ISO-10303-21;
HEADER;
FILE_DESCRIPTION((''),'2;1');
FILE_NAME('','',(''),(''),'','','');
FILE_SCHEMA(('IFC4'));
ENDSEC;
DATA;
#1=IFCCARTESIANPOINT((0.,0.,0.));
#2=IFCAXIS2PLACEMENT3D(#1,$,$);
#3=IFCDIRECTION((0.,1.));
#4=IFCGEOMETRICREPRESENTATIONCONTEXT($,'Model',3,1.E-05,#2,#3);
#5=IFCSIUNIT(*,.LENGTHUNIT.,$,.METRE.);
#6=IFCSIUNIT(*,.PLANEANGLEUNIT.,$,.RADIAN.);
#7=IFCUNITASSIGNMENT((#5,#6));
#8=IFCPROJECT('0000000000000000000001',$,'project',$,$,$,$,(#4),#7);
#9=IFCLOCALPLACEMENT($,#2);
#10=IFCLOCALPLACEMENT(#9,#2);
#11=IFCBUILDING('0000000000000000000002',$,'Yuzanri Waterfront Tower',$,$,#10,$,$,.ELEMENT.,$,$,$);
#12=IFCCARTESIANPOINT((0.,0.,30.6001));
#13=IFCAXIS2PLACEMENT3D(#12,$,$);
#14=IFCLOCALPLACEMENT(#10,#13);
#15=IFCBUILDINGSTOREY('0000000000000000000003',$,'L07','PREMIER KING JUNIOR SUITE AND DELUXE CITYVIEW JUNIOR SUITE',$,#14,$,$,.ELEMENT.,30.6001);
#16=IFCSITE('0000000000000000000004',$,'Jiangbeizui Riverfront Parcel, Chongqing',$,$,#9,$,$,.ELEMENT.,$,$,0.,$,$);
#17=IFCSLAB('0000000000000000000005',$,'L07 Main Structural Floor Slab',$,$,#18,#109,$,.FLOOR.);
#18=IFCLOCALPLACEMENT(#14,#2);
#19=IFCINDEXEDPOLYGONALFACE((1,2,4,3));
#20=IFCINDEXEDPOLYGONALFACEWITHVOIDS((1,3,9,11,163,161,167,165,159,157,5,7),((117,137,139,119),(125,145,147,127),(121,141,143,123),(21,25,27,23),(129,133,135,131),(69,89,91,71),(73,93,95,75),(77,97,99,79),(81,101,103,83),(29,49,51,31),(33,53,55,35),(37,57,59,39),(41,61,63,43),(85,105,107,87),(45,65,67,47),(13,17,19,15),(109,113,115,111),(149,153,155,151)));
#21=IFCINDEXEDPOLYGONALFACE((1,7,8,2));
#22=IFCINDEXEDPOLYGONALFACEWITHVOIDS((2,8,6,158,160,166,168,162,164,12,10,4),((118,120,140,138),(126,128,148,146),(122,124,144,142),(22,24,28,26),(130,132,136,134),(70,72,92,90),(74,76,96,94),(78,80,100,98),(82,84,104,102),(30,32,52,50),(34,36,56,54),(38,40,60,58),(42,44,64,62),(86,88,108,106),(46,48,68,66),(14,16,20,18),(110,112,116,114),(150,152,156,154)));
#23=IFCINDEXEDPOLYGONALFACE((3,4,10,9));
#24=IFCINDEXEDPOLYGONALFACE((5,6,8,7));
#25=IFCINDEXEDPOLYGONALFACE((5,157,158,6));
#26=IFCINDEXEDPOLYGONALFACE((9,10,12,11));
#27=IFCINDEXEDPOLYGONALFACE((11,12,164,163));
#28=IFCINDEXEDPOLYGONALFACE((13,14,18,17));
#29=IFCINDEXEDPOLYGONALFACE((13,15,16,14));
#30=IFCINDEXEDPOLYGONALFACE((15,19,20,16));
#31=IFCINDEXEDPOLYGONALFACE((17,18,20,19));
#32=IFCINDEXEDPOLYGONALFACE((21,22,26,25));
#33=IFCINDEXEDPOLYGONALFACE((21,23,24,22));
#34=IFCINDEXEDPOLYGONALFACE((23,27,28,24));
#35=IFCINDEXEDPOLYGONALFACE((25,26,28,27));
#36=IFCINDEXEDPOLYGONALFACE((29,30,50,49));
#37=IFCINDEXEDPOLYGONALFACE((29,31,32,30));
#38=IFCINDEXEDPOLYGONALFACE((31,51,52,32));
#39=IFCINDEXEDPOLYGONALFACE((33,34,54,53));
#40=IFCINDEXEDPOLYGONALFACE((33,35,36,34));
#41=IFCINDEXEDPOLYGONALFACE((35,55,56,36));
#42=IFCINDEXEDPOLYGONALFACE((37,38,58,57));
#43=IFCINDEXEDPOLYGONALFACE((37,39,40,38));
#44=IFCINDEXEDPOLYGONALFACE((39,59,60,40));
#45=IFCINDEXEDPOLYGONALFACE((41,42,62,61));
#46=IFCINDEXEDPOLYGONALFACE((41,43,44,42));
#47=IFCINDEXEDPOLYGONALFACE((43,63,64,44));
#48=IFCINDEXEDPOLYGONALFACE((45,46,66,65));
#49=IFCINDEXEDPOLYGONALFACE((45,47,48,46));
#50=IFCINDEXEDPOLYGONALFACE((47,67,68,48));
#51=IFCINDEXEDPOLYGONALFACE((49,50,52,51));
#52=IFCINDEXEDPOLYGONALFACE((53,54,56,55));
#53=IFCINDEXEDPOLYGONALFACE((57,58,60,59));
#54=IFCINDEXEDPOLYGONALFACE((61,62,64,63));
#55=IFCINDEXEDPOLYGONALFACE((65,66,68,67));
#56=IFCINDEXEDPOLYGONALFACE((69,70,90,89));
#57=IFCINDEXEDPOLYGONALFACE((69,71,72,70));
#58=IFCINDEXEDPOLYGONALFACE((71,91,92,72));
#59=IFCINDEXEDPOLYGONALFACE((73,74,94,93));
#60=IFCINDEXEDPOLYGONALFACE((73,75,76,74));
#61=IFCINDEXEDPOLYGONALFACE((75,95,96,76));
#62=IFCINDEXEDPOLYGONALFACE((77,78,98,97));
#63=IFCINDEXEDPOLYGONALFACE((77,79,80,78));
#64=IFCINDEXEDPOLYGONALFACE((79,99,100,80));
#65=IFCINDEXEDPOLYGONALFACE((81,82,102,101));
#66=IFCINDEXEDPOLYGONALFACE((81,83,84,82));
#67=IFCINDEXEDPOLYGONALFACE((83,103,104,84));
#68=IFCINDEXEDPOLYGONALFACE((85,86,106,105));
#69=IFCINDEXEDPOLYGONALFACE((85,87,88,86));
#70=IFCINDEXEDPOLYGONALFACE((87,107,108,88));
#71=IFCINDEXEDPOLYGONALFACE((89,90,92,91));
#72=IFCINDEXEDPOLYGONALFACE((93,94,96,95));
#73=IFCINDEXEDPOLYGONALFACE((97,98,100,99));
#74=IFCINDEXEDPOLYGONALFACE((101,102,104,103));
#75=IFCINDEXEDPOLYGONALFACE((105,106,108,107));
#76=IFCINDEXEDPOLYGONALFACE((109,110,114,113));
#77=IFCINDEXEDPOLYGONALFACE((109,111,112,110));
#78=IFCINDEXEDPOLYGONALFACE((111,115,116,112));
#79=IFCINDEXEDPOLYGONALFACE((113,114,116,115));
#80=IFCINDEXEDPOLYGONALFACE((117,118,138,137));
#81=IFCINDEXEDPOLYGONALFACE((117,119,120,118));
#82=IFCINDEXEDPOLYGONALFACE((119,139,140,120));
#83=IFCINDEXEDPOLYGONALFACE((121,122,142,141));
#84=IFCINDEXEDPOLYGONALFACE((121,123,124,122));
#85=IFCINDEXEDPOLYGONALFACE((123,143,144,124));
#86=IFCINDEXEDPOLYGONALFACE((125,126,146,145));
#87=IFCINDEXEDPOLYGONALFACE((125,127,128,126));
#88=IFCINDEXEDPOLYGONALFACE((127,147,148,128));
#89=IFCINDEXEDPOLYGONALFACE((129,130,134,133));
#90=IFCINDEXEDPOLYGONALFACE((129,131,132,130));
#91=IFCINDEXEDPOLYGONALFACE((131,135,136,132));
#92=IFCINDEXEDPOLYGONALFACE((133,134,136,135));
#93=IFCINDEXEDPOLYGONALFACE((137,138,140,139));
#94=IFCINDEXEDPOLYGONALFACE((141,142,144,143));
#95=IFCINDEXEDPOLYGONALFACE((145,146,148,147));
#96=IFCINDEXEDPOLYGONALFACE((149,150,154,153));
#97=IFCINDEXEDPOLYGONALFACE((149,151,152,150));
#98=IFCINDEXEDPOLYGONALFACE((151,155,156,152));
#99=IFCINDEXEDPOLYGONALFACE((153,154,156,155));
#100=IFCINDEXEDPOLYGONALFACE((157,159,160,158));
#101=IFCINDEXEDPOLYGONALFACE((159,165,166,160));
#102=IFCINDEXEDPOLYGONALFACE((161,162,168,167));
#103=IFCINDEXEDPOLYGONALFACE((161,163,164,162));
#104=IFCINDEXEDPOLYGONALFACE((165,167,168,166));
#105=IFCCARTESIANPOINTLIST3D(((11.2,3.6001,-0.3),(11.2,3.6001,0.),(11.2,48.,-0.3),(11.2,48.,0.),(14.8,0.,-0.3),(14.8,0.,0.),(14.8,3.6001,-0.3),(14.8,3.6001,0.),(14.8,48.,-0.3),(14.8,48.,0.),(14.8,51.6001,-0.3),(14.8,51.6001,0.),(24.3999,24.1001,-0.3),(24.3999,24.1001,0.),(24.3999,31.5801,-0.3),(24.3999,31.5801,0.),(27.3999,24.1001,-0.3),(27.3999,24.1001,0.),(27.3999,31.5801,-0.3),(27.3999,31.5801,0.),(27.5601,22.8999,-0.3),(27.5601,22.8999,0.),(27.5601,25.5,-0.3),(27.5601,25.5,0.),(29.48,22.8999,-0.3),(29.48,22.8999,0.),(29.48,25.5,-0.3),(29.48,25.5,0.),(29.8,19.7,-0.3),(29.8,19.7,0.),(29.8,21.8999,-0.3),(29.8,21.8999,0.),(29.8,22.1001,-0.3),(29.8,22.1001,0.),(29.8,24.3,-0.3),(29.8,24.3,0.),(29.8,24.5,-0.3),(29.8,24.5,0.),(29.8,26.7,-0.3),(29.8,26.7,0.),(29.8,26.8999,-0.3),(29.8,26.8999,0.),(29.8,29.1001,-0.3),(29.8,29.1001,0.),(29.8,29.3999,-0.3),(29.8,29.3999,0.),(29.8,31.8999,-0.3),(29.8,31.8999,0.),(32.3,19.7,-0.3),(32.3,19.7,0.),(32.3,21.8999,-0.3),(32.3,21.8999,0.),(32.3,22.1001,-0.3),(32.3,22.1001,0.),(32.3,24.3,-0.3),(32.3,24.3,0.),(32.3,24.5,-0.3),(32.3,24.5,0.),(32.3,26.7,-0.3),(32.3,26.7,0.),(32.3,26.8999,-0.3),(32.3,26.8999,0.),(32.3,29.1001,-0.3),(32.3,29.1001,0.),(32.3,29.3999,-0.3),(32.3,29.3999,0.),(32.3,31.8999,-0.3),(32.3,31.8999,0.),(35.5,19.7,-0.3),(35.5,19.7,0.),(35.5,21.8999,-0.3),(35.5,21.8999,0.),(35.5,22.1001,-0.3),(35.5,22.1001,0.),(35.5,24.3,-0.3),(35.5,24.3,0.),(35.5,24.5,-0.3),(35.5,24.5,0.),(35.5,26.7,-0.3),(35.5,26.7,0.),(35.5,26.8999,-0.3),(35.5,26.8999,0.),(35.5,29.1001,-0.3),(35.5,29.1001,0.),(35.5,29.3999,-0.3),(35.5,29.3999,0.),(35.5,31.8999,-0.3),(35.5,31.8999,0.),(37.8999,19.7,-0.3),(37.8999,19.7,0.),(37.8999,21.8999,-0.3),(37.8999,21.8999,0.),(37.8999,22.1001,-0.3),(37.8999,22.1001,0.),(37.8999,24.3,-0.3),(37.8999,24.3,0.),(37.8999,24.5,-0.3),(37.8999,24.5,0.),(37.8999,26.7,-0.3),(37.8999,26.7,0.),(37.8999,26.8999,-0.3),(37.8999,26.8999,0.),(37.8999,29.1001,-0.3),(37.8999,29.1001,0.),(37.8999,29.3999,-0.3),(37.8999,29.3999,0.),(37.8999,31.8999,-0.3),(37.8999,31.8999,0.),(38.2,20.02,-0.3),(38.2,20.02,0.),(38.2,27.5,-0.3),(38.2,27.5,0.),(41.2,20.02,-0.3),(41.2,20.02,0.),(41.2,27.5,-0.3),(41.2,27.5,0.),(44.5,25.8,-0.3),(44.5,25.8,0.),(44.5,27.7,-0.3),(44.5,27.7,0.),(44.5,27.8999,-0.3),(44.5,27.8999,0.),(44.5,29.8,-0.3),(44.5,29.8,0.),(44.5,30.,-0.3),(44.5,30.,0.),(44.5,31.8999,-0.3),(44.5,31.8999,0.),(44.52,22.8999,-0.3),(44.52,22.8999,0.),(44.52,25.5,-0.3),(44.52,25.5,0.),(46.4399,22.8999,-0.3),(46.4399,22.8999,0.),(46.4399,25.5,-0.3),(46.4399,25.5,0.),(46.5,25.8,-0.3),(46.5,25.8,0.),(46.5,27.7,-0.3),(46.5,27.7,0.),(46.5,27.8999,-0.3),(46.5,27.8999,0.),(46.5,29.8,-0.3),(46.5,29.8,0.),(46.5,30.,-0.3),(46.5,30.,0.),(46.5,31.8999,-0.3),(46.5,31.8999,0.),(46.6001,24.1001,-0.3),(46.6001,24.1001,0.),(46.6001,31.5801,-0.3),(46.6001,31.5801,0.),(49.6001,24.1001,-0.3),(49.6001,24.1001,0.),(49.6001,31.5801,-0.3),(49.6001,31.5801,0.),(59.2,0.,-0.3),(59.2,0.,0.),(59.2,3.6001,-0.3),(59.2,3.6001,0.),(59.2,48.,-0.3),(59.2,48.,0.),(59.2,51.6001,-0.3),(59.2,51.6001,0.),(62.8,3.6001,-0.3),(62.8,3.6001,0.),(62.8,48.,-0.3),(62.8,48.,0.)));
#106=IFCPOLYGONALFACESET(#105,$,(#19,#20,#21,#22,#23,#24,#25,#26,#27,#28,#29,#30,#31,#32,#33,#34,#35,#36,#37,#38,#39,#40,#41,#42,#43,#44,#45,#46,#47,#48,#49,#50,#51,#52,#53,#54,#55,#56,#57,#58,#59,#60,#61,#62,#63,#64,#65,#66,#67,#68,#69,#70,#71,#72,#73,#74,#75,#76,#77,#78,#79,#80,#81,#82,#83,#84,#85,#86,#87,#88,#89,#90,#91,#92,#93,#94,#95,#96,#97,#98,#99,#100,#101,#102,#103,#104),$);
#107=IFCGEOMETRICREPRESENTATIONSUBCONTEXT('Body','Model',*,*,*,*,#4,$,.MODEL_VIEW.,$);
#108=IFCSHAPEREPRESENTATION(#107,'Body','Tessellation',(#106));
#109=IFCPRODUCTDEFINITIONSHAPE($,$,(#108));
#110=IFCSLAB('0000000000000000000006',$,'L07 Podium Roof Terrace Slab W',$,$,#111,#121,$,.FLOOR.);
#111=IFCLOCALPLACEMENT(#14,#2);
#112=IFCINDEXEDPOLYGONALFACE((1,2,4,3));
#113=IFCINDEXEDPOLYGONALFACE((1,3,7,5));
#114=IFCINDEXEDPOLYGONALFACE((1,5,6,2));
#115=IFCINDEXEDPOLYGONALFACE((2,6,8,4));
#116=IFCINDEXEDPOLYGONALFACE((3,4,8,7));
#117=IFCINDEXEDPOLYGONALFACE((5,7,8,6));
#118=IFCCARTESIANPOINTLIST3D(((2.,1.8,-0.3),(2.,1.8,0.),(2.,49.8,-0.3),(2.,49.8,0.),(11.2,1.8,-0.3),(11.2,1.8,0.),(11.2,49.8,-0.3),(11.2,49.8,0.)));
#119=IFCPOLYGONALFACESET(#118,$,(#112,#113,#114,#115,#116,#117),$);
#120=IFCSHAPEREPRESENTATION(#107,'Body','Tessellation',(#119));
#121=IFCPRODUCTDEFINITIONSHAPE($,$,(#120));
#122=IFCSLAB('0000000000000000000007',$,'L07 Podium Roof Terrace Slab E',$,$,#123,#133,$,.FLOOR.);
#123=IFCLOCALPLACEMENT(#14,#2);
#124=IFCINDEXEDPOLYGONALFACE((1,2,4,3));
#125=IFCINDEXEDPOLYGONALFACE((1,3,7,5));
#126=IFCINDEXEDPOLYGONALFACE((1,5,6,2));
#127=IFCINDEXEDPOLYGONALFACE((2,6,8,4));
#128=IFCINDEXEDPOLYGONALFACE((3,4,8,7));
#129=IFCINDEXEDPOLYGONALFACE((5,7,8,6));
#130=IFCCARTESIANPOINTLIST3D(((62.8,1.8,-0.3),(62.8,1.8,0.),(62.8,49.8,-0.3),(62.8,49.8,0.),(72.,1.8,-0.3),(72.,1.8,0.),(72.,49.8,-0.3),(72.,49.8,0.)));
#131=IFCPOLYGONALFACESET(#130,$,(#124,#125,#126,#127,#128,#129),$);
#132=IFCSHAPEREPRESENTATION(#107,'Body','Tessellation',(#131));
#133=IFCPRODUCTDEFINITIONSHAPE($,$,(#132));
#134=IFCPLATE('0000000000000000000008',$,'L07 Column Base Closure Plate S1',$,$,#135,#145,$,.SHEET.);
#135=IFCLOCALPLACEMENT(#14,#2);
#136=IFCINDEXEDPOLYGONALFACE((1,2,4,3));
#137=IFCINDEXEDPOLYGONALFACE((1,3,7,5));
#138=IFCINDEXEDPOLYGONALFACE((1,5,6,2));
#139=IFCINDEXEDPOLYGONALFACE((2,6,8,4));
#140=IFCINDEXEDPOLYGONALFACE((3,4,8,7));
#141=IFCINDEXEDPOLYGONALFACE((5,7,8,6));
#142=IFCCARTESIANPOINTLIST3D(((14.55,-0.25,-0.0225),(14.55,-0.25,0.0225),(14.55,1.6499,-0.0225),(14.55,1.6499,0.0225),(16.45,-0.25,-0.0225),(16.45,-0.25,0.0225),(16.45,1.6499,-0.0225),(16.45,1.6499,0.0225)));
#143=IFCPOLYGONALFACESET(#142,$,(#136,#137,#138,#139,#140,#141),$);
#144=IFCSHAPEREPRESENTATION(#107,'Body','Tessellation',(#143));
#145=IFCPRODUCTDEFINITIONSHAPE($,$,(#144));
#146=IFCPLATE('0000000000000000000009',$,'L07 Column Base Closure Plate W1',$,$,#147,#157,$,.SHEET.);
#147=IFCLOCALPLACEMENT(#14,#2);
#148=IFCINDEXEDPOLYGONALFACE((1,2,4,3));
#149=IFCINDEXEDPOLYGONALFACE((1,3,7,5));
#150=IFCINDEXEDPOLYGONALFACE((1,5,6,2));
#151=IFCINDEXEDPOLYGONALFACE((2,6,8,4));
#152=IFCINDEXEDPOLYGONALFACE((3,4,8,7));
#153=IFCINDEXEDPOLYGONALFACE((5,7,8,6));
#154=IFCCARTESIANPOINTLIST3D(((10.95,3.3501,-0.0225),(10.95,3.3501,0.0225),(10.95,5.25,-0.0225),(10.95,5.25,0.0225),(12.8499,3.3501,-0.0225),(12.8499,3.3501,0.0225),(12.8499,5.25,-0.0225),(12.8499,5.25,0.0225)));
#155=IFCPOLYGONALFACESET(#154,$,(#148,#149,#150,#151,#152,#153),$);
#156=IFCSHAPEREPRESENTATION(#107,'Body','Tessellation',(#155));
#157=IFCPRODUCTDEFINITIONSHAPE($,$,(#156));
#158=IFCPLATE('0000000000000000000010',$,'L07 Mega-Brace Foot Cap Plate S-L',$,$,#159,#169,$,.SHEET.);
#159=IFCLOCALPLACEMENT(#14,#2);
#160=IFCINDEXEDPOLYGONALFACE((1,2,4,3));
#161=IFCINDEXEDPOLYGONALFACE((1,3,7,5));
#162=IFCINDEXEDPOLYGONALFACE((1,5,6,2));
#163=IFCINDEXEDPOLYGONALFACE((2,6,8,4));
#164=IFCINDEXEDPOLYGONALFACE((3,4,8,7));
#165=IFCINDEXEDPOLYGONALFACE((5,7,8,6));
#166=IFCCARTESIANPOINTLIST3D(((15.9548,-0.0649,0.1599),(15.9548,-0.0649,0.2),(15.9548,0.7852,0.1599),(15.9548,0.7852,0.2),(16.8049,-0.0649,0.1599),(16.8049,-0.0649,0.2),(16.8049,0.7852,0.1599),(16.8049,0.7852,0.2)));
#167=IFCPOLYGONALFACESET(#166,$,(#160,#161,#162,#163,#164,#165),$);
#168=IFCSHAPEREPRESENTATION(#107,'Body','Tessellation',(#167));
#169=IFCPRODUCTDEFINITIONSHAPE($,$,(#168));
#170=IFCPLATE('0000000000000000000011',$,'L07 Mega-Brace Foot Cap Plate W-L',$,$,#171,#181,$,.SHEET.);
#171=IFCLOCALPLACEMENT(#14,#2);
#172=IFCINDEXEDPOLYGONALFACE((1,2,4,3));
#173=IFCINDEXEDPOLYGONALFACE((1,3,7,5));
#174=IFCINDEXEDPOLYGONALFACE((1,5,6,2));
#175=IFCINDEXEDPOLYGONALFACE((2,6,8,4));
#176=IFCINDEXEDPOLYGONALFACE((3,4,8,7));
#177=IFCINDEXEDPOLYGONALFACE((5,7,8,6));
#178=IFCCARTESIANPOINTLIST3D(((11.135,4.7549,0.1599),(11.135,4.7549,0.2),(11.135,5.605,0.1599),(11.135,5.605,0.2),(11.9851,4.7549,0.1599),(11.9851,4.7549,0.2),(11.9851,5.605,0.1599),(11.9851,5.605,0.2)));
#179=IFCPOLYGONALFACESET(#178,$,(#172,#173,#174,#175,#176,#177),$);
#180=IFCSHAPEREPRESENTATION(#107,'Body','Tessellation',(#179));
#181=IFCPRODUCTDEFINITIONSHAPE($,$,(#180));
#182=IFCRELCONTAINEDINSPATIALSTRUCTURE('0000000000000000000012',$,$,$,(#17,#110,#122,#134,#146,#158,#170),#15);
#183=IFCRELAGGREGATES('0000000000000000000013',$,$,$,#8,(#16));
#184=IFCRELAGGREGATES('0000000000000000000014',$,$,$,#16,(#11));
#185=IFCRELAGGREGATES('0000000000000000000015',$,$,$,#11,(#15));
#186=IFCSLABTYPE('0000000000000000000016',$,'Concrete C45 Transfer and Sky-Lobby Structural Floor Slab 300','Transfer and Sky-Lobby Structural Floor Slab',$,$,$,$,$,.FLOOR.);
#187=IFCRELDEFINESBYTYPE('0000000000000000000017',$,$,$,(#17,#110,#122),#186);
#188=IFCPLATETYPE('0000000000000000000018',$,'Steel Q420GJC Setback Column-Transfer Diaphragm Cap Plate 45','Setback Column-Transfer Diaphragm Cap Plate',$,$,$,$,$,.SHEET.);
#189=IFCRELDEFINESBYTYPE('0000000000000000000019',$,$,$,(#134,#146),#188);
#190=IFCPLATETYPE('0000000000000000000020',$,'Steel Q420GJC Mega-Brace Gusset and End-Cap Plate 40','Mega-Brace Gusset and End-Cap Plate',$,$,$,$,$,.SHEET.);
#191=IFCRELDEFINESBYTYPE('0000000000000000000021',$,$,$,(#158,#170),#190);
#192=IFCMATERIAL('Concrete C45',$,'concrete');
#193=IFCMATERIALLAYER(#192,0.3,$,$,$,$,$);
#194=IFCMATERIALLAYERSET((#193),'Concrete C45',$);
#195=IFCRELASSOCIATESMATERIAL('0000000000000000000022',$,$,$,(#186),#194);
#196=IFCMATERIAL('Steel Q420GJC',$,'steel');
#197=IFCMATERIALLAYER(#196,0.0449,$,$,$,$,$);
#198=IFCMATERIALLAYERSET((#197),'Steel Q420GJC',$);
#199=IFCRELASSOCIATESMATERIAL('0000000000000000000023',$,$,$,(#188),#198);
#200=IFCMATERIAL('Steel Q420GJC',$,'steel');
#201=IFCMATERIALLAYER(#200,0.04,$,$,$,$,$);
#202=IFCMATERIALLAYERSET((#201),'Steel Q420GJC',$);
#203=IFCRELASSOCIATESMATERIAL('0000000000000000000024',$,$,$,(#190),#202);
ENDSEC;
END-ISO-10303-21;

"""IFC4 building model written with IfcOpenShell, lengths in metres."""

from ifc_helpers import new_model, si_unit, direction, frame, origin, origin_2d, place, context, subcontext, project, spatial, polyline, rectangle, outline, extrude, source, transform, mapped, material, layer, layer_set, type_object, element, save


model = new_model("IFC4")

# Units and contexts
model_context = context("Model", 3, precision=1e-05, world=origin(), true_north=direction((0.0, 1.0)))
body_context = subcontext(model_context, "Body", "Model", "MODEL_VIEW")
ifc_project = project(units=[si_unit("LENGTHUNIT", "METRE"), si_unit("PLANEANGLEUNIT", "RADIAN")], contexts=[model_context])

# Site, building, storey
site_placement = place(None, origin())
site = spatial("IfcSite", under=ifc_project, at=site_placement, Name="Jiangbeizui Riverfront Parcel, Chongqing", CompositionType="ELEMENT", RefElevation=0.0)
building_placement = place(site_placement, origin())
building = spatial("IfcBuilding", under=site, at=building_placement, Name="Yuzanri Waterfront Tower", CompositionType="ELEMENT")
storey_placement = place(building_placement, frame((0.0, 0.0, 30.6001)))
storey = spatial("IfcBuildingStorey", under=building, at=storey_placement, Name="L07", Description="PREMIER KING JUNIOR SUITE AND DELUXE CITYVIEW JUNIOR SUITE", CompositionType="ELEMENT", Elevation=30.6001)

# Slabs
ifc_material_1 = material(Name="Concrete C45", Category="concrete")
ifc_layer_1 = layer(ifc_material_1, 0.3)
ifc_layer_set_1 = layer_set([ifc_layer_1], Name="Concrete C45")
slab_type_1 = type_object("IfcSlabType", Name="Concrete C45 Transfer and Sky-Lobby Structural Floor Slab 300", Description="Transfer and Sky-Lobby Structural Floor Slab", PredefinedType="FLOOR", material=ifc_layer_set_1)
slab_1_placement = place(storey_placement, frame((0.0, 0.0, -0.3)))
element("IfcSlab", 1, at=slab_1_placement, inside=storey, type_object=slab_type_1, Name="L07 Main Structural Floor Slab", PredefinedType="FLOOR", context=body_context, shape_type="SweptSolid", body=[
    extrude(outline(polyline([(14.8, 0.0), (59.2, 0.0), (59.2, 3.6001), (62.8, 3.6001), (62.8, 48.0), (59.2, 48.0), (59.2, 51.6001), (14.8, 51.6001), (14.8, 48.0), (11.2, 48.0), (11.2, 3.6001), (14.8, 3.6001), (14.8, 0.0)]), holes=[polyline([(27.3999, 24.1001), (27.3999, 31.5801), (24.3999, 31.5801), (24.3999, 24.1001), (27.3999, 24.1001)]), polyline([(49.6001, 24.1001), (49.6001, 31.5801), (46.6001, 31.5801), (46.6001, 24.1001), (49.6001, 24.1001)]), polyline([(38.2, 27.5), (38.2, 20.02), (41.2, 20.02), (41.2, 27.5), (38.2, 27.5)]), polyline([(27.5601, 22.8999), (29.48, 22.8999), (29.48, 25.5), (27.5601, 25.5), (27.5601, 22.8999)]), polyline([(44.52, 22.8999), (46.4399, 22.8999), (46.4399, 25.5), (44.52, 25.5), (44.52, 22.8999)]), polyline([(29.8, 19.7), (32.3, 19.7), (32.3, 21.8999), (29.8, 21.8999), (29.8, 19.7)]), polyline([(29.8, 22.1001), (32.3, 22.1001), (32.3, 24.3), (29.8, 24.3), (29.8, 22.1001)]), polyline([(29.8, 24.5), (32.3, 24.5), (32.3, 26.7), (29.8, 26.7), (29.8, 24.5)]), polyline([(29.8, 26.8999), (32.3, 26.8999), (32.3, 29.1001), (29.8, 29.1001), (29.8, 26.8999)]), polyline([(29.8, 29.3999), (32.3, 29.3999), (32.3, 31.8999), (29.8, 31.8999), (29.8, 29.3999)]), polyline([(35.5, 19.7), (37.8999, 19.7), (37.8999, 21.8999), (35.5, 21.8999), (35.5, 19.7)]), polyline([(35.5, 22.1001), (37.8999, 22.1001), (37.8999, 24.3), (35.5, 24.3), (35.5, 22.1001)]), polyline([(35.5, 24.5), (37.8999, 24.5), (37.8999, 26.7), (35.5, 26.7), (35.5, 24.5)]), polyline([(35.5, 26.8999), (37.8999, 26.8999), (37.8999, 29.1001), (35.5, 29.1001), (35.5, 26.8999)]), polyline([(35.5, 29.3999), (37.8999, 29.3999), (37.8999, 31.8999), (35.5, 31.8999), (35.5, 29.3999)]), polyline([(44.5, 25.8), (46.5, 25.8), (46.5, 27.7), (44.5, 27.7), (44.5, 25.8)]), polyline([(44.5, 27.8999), (46.5, 27.8999), (46.5, 29.8), (44.5, 29.8), (44.5, 27.8999)]), polyline([(44.5, 30.0), (46.5, 30.0), (46.5, 31.8999), (44.5, 31.8999), (44.5, 30.0)])]), origin(), (0.0, 0.0, 1.0), 0.3),
])
slab_2_placement = place(storey_placement, frame((0.0, 0.0, -0.3)))
element("IfcSlab", 2, at=slab_2_placement, inside=storey, type_object=slab_type_1, Name="L07 Podium Roof Terrace Slab W", PredefinedType="FLOOR", context=body_context, shape_type="SweptSolid", body=[
    extrude(outline(polyline([(2.0, 1.8), (11.2, 1.8), (11.2, 49.8), (2.0, 49.8), (2.0, 1.8)])), origin(), (0.0, 0.0, 1.0), 0.3),
])
slab_3_placement = place(storey_placement, frame((0.0, 0.0, -0.3)))
element("IfcSlab", 3, at=slab_3_placement, inside=storey, type_object=slab_type_1, Name="L07 Podium Roof Terrace Slab E", PredefinedType="FLOOR", context=body_context, shape_type="SweptSolid", body=[
    extrude(outline(polyline([(62.8, 1.8), (72.0, 1.8), (72.0, 49.8), (62.8, 49.8), (62.8, 1.8)])), origin(), (0.0, 0.0, 1.0), 0.3),
])

# Plates
ifc_material_2 = material(Name="Steel Q420GJC", Category="steel")
ifc_layer_2 = layer(ifc_material_2, 0.0449)
ifc_layer_set_2 = layer_set([ifc_layer_2], Name="Steel Q420GJC")
plate_type_1 = type_object("IfcPlateType", Name="Steel Q420GJC Setback Column-Transfer Diaphragm Cap Plate 45", Description="Setback Column-Transfer Diaphragm Cap Plate", PredefinedType="SHEET", material=ifc_layer_set_2)
shared_shape_1 = source(origin(), body_context, "Body", "SweptSolid", [
    extrude(rectangle(XDim=1.8999, YDim=1.8999, at=origin_2d()), origin(), (0.0, 0.0, 1.0), 0.0449),
])
for number, where, z_axis, x_axis, name in (
    (4, (15.5, 0.7, -0.0225), (0.0, 0.0, 1.0), (1.0, 0.0, 0.0), "L07 Column Base Closure Plate S1"),
    (5, (11.8999, 4.3, -0.0225), (0.0, 0.0, 1.0), (1.0, 0.0, 0.0), "L07 Column Base Closure Plate W1"),
):
    element("IfcPlate", number, at=place(storey_placement, frame(where, z_axis=z_axis, x_axis=x_axis)), inside=storey, type_object=plate_type_1, Name=name, PredefinedType="SHEET", context=body_context, shape_type="MappedRepresentation", body=[
        mapped(shared_shape_1, transform((0.0, 0.0, 0.0), scale=1.0)),
    ])
ifc_material_3 = material(Name="Steel Q420GJC", Category="steel")
ifc_layer_3 = layer(ifc_material_3, 0.04)
ifc_layer_set_3 = layer_set([ifc_layer_3], Name="Steel Q420GJC")
plate_type_2 = type_object("IfcPlateType", Name="Steel Q420GJC Mega-Brace Gusset and End-Cap Plate 40", Description="Mega-Brace Gusset and End-Cap Plate", PredefinedType="SHEET", material=ifc_layer_set_3)
shared_shape_2 = source(origin(), body_context, "Body", "SweptSolid", [
    extrude(rectangle(XDim=0.8501, YDim=0.8501, at=origin_2d()), origin(), (0.0, 0.0, 1.0), 0.04),
])
for number, where, z_axis, x_axis, name in (
    (6, (16.3799, 0.3601, 0.1599), (0.0, 0.0, 1.0), (1.0, 0.0, 0.0), "L07 Mega-Brace Foot Cap Plate S-L"),
    (7, (11.5601, 5.1799, 0.1599), (0.0, 0.0, 1.0), (1.0, 0.0, 0.0), "L07 Mega-Brace Foot Cap Plate W-L"),
):
    element("IfcPlate", number, at=place(storey_placement, frame(where, z_axis=z_axis, x_axis=x_axis)), inside=storey, type_object=plate_type_2, Name=name, PredefinedType="SHEET", context=body_context, shape_type="MappedRepresentation", body=[
        mapped(shared_shape_2, transform((0.0, 0.0, 0.0), scale=1.0)),
    ])

save(model, "model.ifc")
